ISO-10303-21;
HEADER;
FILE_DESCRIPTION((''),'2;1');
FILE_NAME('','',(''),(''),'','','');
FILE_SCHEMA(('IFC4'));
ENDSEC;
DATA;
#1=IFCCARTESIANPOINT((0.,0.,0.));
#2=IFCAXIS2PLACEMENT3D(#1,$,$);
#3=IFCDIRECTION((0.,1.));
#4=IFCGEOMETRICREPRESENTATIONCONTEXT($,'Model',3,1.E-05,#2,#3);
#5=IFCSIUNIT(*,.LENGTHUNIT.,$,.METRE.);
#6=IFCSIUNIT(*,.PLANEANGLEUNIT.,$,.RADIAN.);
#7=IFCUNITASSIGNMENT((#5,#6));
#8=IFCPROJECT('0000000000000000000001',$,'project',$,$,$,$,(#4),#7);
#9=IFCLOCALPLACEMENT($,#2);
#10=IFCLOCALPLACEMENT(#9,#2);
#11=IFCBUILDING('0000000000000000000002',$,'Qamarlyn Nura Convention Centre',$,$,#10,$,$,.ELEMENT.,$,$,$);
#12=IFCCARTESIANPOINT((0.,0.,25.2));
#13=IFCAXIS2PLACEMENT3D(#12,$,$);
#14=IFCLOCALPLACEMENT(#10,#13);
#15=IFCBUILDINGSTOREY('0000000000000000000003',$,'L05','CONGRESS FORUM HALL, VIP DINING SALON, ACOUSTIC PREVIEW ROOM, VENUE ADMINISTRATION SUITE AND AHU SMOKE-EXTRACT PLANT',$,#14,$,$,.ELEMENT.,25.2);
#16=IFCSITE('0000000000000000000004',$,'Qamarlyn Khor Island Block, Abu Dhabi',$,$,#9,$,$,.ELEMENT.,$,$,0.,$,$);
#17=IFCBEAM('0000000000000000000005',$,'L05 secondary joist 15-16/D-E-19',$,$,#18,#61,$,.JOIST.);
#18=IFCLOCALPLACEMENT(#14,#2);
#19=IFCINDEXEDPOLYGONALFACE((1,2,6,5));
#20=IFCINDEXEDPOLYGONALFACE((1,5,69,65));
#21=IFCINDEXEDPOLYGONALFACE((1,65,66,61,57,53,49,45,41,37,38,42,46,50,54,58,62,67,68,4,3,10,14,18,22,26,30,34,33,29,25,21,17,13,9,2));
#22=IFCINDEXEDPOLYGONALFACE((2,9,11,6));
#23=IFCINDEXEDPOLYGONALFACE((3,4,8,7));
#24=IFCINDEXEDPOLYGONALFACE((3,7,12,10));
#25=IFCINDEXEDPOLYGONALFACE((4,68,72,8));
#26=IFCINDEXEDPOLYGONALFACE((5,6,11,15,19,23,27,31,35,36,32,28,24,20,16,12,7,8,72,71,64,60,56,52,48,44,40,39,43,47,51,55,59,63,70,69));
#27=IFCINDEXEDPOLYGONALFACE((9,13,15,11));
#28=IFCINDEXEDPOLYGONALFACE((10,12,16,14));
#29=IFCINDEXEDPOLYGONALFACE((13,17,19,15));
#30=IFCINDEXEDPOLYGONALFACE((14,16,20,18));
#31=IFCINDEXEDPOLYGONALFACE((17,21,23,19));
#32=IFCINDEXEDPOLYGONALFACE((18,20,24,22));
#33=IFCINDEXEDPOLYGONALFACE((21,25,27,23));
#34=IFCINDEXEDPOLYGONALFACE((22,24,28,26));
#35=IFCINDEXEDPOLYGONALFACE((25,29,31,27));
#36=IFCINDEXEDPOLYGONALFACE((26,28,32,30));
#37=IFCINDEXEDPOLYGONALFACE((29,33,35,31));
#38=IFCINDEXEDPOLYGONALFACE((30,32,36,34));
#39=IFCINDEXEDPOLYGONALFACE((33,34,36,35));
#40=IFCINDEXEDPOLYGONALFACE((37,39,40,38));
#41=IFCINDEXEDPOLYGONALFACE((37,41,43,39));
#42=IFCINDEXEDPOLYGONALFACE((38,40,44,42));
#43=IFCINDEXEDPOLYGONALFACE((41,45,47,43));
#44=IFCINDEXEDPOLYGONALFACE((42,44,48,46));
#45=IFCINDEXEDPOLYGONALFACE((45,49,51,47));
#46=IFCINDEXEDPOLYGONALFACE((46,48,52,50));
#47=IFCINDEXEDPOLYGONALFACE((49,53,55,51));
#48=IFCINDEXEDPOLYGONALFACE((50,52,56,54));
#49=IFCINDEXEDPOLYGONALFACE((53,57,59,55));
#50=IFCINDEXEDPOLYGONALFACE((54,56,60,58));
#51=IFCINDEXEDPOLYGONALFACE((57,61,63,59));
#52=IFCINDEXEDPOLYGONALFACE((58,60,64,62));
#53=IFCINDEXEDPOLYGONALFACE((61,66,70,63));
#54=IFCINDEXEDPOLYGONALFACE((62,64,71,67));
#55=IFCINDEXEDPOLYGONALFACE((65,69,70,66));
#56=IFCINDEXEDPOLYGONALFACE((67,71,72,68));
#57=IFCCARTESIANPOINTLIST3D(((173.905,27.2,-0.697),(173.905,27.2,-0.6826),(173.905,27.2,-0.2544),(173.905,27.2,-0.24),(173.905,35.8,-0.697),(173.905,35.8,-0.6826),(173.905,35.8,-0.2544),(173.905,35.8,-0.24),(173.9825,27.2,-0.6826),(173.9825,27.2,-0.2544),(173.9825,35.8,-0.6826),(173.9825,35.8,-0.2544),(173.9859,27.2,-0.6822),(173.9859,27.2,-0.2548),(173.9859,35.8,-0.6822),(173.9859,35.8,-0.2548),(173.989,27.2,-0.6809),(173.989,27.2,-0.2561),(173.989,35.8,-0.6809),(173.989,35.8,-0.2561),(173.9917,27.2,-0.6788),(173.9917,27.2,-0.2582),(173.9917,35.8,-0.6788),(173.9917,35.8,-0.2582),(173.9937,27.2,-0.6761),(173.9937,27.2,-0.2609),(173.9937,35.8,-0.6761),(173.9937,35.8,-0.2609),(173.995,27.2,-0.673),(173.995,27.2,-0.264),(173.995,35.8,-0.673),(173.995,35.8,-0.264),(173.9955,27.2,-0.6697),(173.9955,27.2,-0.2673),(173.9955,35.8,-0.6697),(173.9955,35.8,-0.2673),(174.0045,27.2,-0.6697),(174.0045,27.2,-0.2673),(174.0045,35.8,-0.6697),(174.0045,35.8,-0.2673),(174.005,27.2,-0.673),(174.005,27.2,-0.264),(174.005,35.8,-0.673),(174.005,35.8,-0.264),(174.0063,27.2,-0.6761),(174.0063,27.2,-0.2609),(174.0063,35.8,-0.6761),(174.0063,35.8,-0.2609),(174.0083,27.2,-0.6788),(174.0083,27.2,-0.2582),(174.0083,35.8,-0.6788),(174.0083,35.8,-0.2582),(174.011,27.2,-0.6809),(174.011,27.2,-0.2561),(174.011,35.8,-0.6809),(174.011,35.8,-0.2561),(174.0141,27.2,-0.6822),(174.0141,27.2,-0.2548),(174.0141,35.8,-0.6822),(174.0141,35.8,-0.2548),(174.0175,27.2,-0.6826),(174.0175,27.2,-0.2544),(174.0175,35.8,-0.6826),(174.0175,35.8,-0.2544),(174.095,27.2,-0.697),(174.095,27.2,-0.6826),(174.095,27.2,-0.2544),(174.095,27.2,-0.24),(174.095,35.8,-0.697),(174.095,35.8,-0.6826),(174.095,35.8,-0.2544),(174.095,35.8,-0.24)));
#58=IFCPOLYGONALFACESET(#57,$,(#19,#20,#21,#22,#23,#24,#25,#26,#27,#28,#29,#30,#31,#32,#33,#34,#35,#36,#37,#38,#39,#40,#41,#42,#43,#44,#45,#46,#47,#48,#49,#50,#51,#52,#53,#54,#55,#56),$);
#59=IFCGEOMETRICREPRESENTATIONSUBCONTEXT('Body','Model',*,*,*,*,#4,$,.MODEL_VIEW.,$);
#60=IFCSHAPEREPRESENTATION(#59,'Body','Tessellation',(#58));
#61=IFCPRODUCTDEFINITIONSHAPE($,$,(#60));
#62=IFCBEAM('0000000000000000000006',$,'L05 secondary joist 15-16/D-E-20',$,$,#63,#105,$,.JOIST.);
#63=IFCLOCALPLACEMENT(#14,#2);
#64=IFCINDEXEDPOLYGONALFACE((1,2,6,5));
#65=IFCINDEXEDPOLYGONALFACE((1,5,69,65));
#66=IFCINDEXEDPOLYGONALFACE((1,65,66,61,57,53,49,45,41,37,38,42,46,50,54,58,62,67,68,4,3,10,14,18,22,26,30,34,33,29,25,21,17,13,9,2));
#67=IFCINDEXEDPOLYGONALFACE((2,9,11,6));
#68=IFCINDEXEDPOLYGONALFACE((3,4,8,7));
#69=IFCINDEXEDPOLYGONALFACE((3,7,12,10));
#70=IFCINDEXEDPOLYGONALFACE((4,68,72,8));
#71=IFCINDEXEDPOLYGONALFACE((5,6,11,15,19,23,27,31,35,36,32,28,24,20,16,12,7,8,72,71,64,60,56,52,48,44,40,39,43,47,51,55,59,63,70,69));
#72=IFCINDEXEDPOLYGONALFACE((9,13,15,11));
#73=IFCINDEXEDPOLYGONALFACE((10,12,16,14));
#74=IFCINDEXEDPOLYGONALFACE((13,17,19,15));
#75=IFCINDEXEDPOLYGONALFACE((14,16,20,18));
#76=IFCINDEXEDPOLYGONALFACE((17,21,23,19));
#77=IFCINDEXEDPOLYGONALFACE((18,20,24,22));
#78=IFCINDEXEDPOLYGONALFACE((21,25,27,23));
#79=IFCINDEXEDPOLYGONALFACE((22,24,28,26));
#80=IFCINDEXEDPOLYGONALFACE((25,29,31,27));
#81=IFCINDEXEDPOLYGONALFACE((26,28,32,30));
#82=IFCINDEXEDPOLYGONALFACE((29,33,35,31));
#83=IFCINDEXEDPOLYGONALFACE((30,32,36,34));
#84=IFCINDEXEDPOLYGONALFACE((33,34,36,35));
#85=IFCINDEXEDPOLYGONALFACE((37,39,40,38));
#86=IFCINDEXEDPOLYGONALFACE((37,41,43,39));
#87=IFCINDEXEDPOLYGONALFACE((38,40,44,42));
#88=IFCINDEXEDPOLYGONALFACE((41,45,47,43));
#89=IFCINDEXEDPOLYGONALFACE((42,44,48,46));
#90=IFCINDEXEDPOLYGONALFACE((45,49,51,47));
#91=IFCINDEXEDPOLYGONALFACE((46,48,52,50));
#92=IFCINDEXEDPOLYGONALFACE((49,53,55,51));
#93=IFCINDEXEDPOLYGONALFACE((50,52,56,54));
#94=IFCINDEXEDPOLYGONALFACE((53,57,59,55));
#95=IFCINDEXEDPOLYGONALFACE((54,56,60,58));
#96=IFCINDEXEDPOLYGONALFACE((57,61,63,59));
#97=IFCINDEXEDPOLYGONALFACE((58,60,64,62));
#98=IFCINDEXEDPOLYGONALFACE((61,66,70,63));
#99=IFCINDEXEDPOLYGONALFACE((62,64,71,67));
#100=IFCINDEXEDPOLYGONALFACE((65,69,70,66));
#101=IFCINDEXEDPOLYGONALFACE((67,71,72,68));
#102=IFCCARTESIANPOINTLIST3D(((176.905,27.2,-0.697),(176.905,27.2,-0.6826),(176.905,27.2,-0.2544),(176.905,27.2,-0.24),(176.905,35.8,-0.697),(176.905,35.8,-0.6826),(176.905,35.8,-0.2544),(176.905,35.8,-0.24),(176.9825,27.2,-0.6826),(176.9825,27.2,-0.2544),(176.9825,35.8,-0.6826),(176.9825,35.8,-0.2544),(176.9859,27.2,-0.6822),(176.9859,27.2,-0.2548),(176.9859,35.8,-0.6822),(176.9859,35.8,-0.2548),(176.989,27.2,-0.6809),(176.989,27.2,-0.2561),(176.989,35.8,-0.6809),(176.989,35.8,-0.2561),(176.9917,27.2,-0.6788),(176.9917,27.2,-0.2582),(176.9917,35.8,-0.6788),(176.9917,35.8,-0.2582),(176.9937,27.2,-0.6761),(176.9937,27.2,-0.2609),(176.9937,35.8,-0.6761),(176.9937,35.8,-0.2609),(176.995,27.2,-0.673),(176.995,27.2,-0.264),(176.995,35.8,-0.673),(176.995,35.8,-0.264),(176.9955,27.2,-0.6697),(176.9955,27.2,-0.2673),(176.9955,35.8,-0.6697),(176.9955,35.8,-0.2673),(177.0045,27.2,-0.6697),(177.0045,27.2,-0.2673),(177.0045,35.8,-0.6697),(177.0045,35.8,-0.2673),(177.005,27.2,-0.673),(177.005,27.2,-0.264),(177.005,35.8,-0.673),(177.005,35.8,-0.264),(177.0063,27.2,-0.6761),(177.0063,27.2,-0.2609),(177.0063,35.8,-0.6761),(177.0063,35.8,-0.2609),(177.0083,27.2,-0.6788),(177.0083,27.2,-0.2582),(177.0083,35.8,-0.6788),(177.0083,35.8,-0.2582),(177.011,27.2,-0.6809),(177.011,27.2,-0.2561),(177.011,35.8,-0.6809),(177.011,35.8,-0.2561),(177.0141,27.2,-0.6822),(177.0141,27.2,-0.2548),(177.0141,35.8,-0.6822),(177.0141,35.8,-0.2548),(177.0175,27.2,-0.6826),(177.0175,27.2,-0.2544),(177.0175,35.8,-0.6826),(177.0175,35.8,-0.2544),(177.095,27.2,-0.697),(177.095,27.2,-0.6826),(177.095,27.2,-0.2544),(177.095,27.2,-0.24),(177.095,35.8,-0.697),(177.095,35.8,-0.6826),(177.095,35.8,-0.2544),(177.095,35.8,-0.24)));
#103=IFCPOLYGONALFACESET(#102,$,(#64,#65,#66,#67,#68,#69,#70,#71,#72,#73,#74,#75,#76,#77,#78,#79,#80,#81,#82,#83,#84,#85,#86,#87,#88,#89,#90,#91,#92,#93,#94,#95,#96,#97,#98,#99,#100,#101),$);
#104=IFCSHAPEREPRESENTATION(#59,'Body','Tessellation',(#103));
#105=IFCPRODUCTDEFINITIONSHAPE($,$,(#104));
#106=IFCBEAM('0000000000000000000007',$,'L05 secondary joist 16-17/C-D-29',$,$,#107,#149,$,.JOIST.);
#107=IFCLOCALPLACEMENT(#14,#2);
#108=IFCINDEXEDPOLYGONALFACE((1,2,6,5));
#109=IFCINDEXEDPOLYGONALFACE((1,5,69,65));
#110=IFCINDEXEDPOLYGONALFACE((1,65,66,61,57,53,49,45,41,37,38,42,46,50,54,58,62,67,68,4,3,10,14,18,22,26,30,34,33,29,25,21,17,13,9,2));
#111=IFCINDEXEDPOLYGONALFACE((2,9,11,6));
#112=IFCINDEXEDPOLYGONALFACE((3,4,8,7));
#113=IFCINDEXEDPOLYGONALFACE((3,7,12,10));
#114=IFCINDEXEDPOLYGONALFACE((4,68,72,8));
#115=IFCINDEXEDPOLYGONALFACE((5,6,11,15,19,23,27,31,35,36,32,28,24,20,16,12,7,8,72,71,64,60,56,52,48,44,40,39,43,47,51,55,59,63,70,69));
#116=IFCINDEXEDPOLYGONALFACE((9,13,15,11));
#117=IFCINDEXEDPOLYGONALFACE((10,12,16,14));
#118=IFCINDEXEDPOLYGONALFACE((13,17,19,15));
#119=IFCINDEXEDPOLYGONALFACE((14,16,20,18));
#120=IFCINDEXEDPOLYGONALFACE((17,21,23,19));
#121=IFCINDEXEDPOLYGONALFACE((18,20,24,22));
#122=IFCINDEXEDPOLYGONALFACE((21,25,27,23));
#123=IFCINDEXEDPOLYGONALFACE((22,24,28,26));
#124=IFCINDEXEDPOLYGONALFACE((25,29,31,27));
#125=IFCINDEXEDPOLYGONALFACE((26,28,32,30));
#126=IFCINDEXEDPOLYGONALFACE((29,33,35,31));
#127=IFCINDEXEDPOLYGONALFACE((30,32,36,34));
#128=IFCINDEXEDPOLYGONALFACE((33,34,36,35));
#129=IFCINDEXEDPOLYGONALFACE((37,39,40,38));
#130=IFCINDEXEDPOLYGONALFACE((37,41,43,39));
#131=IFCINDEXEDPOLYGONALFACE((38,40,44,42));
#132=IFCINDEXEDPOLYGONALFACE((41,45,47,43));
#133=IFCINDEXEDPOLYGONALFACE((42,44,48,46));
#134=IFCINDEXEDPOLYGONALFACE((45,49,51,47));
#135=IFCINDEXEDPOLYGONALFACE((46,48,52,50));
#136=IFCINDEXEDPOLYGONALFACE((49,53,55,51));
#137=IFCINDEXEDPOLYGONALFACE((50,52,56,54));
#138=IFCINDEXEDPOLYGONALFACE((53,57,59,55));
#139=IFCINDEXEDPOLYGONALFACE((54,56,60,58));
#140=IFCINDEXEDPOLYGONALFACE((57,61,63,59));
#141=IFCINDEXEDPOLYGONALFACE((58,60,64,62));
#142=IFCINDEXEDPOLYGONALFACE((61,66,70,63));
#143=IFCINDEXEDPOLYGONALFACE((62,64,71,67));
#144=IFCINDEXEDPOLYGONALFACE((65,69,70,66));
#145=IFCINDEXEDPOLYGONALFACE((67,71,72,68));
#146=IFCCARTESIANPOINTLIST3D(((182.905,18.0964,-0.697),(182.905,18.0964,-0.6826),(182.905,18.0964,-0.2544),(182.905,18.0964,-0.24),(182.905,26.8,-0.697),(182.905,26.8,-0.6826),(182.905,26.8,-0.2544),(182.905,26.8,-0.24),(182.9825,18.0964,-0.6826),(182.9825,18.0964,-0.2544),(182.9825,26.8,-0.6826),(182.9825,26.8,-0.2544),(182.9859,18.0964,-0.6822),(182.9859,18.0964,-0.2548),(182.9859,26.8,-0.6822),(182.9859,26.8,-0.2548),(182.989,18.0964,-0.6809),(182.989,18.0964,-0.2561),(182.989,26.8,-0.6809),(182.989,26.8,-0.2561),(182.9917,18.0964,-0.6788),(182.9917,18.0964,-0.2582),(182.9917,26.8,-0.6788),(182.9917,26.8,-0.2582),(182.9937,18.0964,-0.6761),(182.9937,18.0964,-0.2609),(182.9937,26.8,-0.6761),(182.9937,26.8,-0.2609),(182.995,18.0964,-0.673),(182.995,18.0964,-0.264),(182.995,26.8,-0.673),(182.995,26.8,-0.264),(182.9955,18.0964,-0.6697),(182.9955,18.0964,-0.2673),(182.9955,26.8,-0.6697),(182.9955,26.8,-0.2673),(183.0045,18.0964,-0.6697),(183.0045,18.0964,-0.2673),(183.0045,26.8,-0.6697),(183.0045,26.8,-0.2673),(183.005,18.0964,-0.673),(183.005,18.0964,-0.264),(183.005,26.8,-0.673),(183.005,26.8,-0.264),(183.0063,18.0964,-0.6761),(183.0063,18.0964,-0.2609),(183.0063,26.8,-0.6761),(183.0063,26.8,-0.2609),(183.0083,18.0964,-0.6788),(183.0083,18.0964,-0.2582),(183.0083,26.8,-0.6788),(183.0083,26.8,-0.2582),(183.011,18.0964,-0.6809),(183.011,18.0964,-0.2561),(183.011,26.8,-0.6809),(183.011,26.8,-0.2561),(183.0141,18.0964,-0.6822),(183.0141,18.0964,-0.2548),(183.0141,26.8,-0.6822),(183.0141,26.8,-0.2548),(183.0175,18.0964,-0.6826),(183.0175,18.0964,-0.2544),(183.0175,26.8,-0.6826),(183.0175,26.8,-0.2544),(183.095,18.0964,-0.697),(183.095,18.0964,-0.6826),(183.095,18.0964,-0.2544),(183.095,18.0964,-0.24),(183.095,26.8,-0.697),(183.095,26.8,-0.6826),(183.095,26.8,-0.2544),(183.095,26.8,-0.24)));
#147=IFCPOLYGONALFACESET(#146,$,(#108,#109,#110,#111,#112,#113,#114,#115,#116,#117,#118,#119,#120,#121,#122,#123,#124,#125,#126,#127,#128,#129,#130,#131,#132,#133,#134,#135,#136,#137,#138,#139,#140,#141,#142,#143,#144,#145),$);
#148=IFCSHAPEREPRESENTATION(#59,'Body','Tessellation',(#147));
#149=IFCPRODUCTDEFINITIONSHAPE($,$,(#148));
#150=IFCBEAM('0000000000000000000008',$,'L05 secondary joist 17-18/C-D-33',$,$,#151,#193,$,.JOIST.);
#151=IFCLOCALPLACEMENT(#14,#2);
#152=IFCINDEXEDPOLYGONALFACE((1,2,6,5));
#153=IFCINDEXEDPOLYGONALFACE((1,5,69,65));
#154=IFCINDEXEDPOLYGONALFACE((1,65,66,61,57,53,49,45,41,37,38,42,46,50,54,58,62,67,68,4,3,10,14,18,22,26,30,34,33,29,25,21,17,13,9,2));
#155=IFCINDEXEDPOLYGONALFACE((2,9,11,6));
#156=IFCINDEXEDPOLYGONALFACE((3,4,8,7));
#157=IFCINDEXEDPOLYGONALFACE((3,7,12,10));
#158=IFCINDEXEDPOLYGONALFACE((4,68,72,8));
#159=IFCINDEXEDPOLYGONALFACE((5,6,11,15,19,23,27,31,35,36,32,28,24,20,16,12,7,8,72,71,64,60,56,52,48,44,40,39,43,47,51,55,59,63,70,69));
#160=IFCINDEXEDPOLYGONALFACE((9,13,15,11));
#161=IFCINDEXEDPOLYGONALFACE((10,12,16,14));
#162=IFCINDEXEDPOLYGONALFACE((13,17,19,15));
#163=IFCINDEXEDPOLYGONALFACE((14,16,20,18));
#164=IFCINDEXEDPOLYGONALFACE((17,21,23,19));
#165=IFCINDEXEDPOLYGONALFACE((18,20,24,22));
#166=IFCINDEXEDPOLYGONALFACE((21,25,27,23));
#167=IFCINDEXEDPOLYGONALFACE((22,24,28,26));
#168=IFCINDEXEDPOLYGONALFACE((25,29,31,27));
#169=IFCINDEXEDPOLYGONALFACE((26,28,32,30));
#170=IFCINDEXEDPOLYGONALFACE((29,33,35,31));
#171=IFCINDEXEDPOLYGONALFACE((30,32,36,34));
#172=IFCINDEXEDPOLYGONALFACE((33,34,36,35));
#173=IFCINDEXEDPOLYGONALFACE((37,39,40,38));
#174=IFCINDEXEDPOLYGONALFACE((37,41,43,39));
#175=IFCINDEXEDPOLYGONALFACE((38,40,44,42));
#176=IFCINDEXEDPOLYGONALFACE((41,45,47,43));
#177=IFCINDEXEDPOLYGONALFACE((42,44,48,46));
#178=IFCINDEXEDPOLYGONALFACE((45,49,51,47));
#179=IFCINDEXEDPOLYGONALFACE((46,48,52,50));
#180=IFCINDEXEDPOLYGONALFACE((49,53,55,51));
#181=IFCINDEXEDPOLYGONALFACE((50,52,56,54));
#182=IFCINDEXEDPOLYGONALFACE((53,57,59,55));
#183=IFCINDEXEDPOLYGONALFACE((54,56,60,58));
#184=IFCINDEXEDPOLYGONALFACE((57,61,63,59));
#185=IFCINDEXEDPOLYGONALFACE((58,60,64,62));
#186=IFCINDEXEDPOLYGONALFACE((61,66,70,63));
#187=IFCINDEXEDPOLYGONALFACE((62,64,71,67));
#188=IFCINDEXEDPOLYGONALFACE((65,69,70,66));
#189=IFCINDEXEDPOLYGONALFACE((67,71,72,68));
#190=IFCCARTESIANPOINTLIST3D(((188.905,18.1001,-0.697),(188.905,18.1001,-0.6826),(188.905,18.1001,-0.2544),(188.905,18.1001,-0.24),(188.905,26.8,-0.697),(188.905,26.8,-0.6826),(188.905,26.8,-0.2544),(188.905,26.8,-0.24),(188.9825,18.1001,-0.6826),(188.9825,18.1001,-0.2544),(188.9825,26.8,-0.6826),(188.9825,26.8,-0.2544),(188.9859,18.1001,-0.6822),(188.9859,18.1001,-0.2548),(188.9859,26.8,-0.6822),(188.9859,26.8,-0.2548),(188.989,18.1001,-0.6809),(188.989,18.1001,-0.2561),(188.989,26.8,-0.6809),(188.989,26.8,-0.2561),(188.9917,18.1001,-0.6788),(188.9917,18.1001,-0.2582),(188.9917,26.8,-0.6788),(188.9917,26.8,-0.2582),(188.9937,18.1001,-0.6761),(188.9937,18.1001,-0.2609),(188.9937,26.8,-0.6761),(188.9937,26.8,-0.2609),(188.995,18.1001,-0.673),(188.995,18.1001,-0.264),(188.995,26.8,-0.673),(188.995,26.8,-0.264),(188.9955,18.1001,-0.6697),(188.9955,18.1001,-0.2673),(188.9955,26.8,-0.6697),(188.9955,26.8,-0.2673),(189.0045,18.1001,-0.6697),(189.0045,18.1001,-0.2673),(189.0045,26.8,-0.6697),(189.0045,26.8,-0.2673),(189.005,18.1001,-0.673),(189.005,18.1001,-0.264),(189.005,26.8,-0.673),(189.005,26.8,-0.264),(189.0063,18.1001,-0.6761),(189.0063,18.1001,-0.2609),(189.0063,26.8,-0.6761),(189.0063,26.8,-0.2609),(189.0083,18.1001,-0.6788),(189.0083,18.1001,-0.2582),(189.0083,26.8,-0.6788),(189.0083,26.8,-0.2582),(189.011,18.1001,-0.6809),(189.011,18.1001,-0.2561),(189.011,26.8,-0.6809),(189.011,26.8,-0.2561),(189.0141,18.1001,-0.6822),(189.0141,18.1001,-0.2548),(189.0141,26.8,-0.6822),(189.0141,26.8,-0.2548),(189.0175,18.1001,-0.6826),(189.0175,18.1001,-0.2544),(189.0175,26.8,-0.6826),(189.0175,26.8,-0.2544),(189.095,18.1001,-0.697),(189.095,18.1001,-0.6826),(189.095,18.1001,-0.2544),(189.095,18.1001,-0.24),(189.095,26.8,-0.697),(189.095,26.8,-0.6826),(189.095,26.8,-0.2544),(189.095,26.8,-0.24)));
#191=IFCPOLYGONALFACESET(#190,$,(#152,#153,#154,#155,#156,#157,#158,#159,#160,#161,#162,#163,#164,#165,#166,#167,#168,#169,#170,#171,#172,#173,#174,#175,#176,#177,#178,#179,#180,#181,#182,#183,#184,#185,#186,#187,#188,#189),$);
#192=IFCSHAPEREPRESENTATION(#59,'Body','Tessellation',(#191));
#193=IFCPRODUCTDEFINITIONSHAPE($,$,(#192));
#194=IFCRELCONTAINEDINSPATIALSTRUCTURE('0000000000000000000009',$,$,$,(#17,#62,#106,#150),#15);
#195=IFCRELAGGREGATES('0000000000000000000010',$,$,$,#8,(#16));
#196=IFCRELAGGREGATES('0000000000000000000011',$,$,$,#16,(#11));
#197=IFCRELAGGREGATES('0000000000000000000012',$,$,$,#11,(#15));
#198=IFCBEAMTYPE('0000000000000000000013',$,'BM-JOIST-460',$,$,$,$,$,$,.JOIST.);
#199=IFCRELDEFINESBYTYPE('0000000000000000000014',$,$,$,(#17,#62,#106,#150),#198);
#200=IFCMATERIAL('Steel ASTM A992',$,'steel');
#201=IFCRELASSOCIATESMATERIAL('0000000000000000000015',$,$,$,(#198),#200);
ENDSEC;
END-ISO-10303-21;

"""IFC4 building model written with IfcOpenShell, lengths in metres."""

from ifc_helpers import new_model, si_unit, direction, frame, origin, origin_2d, place, context, subcontext, project, spatial, i_section, extrude, material, material_profile, profile_set, type_object, element, save


model = new_model("IFC4")

# Units and contexts
model_context = context("Model", 3, precision=1e-05, world=origin(), true_north=direction((0.0, 1.0)))
body_context = subcontext(model_context, "Body", "Model", "MODEL_VIEW")
ifc_project = project(units=[si_unit("LENGTHUNIT", "METRE"), si_unit("PLANEANGLEUNIT", "RADIAN")], contexts=[model_context])

# Site, building, storey
site_placement = place(None, origin())
site = spatial("IfcSite", under=ifc_project, at=site_placement, Name="Qamarlyn Khor Island Block, Abu Dhabi", CompositionType="ELEMENT", RefElevation=0.0)
building_placement = place(site_placement, origin())
building = spatial("IfcBuilding", under=site, at=building_placement, Name="Qamarlyn Nura Convention Centre", CompositionType="ELEMENT")
storey_placement = place(building_placement, frame((0.0, 0.0, 25.2)))
storey = spatial("IfcBuildingStorey", under=building, at=storey_placement, Name="L05", Description="CONGRESS FORUM HALL, VIP DINING SALON, ACOUSTIC PREVIEW ROOM, VENUE ADMINISTRATION SUITE AND AHU SMOKE-EXTRACT PLANT", CompositionType="ELEMENT", Elevation=25.2)

# Shared definitions
ifc_material_1 = material(Name="Steel ASTM A992", Category="steel")

# Beams
ifc_material_profile_1 = material_profile(ifc_material_1, i_section(OverallWidth=0.1899, OverallDepth=0.457, WebThickness=0.009, FlangeThickness=0.0144, FilletRadius=0.0129, at=origin_2d()), Name="W460X74")
ifc_profile_set_1 = profile_set([ifc_material_profile_1], Name="Steel ASTM A992")
beam_type_1 = type_object("IfcBeamType", Name="BM-JOIST-460", PredefinedType="JOIST", material=ifc_profile_set_1)
for number, where, z_axis, x_axis, name in (
    (1, (174.0, 27.2, -0.4685), (0.0, 1.0, 0.0), (-1.0, 0.0, 0.0), "L05 secondary joist 15-16/D-E-19"),
    (2, (177.0, 27.2, -0.4685), (0.0, 1.0, 0.0), (-1.0, 0.0, 0.0), "L05 secondary joist 15-16/D-E-20"),
):
    element("IfcBeam", number, at=place(storey_placement, frame(where, z_axis=z_axis, x_axis=x_axis)), inside=storey, type_object=beam_type_1, Name=name, PredefinedType="JOIST", context=body_context, shape_type="SweptSolid", body=[
        extrude(i_section(OverallWidth=0.1899, OverallDepth=0.457, WebThickness=0.009, FlangeThickness=0.0144, FilletRadius=0.0129, at=origin_2d()), origin(), (0.0, 0.0, 1.0), 8.6001),
    ])
beam_1_placement = place(storey_placement, frame((183.0, 18.0964, -0.4685), z_axis=(0.0, 1.0, 0.0), x_axis=(-1.0, 0.0, 0.0)))
element("IfcBeam", 3, at=beam_1_placement, inside=storey, type_object=beam_type_1, Name="L05 secondary joist 16-17/C-D-29", PredefinedType="JOIST", context=body_context, shape_type="SweptSolid", body=[
    extrude(i_section(OverallWidth=0.1899, OverallDepth=0.457, WebThickness=0.009, FlangeThickness=0.0144, FilletRadius=0.0129, at=origin_2d()), origin(), (0.0, 0.0, 1.0), 8.7036),
])
beam_2_placement = place(storey_placement, frame((189.0, 18.1001, -0.4685), z_axis=(0.0, 1.0, 0.0), x_axis=(-1.0, 0.0, 0.0)))
element("IfcBeam", 4, at=beam_2_placement, inside=storey, type_object=beam_type_1, Name="L05 secondary joist 17-18/C-D-33", PredefinedType="JOIST", context=body_context, shape_type="SweptSolid", body=[
    extrude(i_section(OverallWidth=0.1899, OverallDepth=0.457, WebThickness=0.009, FlangeThickness=0.0144, FilletRadius=0.0129, at=origin_2d()), origin(), (0.0, 0.0, 1.0), 8.7),
])

save(model, "model.ifc")
